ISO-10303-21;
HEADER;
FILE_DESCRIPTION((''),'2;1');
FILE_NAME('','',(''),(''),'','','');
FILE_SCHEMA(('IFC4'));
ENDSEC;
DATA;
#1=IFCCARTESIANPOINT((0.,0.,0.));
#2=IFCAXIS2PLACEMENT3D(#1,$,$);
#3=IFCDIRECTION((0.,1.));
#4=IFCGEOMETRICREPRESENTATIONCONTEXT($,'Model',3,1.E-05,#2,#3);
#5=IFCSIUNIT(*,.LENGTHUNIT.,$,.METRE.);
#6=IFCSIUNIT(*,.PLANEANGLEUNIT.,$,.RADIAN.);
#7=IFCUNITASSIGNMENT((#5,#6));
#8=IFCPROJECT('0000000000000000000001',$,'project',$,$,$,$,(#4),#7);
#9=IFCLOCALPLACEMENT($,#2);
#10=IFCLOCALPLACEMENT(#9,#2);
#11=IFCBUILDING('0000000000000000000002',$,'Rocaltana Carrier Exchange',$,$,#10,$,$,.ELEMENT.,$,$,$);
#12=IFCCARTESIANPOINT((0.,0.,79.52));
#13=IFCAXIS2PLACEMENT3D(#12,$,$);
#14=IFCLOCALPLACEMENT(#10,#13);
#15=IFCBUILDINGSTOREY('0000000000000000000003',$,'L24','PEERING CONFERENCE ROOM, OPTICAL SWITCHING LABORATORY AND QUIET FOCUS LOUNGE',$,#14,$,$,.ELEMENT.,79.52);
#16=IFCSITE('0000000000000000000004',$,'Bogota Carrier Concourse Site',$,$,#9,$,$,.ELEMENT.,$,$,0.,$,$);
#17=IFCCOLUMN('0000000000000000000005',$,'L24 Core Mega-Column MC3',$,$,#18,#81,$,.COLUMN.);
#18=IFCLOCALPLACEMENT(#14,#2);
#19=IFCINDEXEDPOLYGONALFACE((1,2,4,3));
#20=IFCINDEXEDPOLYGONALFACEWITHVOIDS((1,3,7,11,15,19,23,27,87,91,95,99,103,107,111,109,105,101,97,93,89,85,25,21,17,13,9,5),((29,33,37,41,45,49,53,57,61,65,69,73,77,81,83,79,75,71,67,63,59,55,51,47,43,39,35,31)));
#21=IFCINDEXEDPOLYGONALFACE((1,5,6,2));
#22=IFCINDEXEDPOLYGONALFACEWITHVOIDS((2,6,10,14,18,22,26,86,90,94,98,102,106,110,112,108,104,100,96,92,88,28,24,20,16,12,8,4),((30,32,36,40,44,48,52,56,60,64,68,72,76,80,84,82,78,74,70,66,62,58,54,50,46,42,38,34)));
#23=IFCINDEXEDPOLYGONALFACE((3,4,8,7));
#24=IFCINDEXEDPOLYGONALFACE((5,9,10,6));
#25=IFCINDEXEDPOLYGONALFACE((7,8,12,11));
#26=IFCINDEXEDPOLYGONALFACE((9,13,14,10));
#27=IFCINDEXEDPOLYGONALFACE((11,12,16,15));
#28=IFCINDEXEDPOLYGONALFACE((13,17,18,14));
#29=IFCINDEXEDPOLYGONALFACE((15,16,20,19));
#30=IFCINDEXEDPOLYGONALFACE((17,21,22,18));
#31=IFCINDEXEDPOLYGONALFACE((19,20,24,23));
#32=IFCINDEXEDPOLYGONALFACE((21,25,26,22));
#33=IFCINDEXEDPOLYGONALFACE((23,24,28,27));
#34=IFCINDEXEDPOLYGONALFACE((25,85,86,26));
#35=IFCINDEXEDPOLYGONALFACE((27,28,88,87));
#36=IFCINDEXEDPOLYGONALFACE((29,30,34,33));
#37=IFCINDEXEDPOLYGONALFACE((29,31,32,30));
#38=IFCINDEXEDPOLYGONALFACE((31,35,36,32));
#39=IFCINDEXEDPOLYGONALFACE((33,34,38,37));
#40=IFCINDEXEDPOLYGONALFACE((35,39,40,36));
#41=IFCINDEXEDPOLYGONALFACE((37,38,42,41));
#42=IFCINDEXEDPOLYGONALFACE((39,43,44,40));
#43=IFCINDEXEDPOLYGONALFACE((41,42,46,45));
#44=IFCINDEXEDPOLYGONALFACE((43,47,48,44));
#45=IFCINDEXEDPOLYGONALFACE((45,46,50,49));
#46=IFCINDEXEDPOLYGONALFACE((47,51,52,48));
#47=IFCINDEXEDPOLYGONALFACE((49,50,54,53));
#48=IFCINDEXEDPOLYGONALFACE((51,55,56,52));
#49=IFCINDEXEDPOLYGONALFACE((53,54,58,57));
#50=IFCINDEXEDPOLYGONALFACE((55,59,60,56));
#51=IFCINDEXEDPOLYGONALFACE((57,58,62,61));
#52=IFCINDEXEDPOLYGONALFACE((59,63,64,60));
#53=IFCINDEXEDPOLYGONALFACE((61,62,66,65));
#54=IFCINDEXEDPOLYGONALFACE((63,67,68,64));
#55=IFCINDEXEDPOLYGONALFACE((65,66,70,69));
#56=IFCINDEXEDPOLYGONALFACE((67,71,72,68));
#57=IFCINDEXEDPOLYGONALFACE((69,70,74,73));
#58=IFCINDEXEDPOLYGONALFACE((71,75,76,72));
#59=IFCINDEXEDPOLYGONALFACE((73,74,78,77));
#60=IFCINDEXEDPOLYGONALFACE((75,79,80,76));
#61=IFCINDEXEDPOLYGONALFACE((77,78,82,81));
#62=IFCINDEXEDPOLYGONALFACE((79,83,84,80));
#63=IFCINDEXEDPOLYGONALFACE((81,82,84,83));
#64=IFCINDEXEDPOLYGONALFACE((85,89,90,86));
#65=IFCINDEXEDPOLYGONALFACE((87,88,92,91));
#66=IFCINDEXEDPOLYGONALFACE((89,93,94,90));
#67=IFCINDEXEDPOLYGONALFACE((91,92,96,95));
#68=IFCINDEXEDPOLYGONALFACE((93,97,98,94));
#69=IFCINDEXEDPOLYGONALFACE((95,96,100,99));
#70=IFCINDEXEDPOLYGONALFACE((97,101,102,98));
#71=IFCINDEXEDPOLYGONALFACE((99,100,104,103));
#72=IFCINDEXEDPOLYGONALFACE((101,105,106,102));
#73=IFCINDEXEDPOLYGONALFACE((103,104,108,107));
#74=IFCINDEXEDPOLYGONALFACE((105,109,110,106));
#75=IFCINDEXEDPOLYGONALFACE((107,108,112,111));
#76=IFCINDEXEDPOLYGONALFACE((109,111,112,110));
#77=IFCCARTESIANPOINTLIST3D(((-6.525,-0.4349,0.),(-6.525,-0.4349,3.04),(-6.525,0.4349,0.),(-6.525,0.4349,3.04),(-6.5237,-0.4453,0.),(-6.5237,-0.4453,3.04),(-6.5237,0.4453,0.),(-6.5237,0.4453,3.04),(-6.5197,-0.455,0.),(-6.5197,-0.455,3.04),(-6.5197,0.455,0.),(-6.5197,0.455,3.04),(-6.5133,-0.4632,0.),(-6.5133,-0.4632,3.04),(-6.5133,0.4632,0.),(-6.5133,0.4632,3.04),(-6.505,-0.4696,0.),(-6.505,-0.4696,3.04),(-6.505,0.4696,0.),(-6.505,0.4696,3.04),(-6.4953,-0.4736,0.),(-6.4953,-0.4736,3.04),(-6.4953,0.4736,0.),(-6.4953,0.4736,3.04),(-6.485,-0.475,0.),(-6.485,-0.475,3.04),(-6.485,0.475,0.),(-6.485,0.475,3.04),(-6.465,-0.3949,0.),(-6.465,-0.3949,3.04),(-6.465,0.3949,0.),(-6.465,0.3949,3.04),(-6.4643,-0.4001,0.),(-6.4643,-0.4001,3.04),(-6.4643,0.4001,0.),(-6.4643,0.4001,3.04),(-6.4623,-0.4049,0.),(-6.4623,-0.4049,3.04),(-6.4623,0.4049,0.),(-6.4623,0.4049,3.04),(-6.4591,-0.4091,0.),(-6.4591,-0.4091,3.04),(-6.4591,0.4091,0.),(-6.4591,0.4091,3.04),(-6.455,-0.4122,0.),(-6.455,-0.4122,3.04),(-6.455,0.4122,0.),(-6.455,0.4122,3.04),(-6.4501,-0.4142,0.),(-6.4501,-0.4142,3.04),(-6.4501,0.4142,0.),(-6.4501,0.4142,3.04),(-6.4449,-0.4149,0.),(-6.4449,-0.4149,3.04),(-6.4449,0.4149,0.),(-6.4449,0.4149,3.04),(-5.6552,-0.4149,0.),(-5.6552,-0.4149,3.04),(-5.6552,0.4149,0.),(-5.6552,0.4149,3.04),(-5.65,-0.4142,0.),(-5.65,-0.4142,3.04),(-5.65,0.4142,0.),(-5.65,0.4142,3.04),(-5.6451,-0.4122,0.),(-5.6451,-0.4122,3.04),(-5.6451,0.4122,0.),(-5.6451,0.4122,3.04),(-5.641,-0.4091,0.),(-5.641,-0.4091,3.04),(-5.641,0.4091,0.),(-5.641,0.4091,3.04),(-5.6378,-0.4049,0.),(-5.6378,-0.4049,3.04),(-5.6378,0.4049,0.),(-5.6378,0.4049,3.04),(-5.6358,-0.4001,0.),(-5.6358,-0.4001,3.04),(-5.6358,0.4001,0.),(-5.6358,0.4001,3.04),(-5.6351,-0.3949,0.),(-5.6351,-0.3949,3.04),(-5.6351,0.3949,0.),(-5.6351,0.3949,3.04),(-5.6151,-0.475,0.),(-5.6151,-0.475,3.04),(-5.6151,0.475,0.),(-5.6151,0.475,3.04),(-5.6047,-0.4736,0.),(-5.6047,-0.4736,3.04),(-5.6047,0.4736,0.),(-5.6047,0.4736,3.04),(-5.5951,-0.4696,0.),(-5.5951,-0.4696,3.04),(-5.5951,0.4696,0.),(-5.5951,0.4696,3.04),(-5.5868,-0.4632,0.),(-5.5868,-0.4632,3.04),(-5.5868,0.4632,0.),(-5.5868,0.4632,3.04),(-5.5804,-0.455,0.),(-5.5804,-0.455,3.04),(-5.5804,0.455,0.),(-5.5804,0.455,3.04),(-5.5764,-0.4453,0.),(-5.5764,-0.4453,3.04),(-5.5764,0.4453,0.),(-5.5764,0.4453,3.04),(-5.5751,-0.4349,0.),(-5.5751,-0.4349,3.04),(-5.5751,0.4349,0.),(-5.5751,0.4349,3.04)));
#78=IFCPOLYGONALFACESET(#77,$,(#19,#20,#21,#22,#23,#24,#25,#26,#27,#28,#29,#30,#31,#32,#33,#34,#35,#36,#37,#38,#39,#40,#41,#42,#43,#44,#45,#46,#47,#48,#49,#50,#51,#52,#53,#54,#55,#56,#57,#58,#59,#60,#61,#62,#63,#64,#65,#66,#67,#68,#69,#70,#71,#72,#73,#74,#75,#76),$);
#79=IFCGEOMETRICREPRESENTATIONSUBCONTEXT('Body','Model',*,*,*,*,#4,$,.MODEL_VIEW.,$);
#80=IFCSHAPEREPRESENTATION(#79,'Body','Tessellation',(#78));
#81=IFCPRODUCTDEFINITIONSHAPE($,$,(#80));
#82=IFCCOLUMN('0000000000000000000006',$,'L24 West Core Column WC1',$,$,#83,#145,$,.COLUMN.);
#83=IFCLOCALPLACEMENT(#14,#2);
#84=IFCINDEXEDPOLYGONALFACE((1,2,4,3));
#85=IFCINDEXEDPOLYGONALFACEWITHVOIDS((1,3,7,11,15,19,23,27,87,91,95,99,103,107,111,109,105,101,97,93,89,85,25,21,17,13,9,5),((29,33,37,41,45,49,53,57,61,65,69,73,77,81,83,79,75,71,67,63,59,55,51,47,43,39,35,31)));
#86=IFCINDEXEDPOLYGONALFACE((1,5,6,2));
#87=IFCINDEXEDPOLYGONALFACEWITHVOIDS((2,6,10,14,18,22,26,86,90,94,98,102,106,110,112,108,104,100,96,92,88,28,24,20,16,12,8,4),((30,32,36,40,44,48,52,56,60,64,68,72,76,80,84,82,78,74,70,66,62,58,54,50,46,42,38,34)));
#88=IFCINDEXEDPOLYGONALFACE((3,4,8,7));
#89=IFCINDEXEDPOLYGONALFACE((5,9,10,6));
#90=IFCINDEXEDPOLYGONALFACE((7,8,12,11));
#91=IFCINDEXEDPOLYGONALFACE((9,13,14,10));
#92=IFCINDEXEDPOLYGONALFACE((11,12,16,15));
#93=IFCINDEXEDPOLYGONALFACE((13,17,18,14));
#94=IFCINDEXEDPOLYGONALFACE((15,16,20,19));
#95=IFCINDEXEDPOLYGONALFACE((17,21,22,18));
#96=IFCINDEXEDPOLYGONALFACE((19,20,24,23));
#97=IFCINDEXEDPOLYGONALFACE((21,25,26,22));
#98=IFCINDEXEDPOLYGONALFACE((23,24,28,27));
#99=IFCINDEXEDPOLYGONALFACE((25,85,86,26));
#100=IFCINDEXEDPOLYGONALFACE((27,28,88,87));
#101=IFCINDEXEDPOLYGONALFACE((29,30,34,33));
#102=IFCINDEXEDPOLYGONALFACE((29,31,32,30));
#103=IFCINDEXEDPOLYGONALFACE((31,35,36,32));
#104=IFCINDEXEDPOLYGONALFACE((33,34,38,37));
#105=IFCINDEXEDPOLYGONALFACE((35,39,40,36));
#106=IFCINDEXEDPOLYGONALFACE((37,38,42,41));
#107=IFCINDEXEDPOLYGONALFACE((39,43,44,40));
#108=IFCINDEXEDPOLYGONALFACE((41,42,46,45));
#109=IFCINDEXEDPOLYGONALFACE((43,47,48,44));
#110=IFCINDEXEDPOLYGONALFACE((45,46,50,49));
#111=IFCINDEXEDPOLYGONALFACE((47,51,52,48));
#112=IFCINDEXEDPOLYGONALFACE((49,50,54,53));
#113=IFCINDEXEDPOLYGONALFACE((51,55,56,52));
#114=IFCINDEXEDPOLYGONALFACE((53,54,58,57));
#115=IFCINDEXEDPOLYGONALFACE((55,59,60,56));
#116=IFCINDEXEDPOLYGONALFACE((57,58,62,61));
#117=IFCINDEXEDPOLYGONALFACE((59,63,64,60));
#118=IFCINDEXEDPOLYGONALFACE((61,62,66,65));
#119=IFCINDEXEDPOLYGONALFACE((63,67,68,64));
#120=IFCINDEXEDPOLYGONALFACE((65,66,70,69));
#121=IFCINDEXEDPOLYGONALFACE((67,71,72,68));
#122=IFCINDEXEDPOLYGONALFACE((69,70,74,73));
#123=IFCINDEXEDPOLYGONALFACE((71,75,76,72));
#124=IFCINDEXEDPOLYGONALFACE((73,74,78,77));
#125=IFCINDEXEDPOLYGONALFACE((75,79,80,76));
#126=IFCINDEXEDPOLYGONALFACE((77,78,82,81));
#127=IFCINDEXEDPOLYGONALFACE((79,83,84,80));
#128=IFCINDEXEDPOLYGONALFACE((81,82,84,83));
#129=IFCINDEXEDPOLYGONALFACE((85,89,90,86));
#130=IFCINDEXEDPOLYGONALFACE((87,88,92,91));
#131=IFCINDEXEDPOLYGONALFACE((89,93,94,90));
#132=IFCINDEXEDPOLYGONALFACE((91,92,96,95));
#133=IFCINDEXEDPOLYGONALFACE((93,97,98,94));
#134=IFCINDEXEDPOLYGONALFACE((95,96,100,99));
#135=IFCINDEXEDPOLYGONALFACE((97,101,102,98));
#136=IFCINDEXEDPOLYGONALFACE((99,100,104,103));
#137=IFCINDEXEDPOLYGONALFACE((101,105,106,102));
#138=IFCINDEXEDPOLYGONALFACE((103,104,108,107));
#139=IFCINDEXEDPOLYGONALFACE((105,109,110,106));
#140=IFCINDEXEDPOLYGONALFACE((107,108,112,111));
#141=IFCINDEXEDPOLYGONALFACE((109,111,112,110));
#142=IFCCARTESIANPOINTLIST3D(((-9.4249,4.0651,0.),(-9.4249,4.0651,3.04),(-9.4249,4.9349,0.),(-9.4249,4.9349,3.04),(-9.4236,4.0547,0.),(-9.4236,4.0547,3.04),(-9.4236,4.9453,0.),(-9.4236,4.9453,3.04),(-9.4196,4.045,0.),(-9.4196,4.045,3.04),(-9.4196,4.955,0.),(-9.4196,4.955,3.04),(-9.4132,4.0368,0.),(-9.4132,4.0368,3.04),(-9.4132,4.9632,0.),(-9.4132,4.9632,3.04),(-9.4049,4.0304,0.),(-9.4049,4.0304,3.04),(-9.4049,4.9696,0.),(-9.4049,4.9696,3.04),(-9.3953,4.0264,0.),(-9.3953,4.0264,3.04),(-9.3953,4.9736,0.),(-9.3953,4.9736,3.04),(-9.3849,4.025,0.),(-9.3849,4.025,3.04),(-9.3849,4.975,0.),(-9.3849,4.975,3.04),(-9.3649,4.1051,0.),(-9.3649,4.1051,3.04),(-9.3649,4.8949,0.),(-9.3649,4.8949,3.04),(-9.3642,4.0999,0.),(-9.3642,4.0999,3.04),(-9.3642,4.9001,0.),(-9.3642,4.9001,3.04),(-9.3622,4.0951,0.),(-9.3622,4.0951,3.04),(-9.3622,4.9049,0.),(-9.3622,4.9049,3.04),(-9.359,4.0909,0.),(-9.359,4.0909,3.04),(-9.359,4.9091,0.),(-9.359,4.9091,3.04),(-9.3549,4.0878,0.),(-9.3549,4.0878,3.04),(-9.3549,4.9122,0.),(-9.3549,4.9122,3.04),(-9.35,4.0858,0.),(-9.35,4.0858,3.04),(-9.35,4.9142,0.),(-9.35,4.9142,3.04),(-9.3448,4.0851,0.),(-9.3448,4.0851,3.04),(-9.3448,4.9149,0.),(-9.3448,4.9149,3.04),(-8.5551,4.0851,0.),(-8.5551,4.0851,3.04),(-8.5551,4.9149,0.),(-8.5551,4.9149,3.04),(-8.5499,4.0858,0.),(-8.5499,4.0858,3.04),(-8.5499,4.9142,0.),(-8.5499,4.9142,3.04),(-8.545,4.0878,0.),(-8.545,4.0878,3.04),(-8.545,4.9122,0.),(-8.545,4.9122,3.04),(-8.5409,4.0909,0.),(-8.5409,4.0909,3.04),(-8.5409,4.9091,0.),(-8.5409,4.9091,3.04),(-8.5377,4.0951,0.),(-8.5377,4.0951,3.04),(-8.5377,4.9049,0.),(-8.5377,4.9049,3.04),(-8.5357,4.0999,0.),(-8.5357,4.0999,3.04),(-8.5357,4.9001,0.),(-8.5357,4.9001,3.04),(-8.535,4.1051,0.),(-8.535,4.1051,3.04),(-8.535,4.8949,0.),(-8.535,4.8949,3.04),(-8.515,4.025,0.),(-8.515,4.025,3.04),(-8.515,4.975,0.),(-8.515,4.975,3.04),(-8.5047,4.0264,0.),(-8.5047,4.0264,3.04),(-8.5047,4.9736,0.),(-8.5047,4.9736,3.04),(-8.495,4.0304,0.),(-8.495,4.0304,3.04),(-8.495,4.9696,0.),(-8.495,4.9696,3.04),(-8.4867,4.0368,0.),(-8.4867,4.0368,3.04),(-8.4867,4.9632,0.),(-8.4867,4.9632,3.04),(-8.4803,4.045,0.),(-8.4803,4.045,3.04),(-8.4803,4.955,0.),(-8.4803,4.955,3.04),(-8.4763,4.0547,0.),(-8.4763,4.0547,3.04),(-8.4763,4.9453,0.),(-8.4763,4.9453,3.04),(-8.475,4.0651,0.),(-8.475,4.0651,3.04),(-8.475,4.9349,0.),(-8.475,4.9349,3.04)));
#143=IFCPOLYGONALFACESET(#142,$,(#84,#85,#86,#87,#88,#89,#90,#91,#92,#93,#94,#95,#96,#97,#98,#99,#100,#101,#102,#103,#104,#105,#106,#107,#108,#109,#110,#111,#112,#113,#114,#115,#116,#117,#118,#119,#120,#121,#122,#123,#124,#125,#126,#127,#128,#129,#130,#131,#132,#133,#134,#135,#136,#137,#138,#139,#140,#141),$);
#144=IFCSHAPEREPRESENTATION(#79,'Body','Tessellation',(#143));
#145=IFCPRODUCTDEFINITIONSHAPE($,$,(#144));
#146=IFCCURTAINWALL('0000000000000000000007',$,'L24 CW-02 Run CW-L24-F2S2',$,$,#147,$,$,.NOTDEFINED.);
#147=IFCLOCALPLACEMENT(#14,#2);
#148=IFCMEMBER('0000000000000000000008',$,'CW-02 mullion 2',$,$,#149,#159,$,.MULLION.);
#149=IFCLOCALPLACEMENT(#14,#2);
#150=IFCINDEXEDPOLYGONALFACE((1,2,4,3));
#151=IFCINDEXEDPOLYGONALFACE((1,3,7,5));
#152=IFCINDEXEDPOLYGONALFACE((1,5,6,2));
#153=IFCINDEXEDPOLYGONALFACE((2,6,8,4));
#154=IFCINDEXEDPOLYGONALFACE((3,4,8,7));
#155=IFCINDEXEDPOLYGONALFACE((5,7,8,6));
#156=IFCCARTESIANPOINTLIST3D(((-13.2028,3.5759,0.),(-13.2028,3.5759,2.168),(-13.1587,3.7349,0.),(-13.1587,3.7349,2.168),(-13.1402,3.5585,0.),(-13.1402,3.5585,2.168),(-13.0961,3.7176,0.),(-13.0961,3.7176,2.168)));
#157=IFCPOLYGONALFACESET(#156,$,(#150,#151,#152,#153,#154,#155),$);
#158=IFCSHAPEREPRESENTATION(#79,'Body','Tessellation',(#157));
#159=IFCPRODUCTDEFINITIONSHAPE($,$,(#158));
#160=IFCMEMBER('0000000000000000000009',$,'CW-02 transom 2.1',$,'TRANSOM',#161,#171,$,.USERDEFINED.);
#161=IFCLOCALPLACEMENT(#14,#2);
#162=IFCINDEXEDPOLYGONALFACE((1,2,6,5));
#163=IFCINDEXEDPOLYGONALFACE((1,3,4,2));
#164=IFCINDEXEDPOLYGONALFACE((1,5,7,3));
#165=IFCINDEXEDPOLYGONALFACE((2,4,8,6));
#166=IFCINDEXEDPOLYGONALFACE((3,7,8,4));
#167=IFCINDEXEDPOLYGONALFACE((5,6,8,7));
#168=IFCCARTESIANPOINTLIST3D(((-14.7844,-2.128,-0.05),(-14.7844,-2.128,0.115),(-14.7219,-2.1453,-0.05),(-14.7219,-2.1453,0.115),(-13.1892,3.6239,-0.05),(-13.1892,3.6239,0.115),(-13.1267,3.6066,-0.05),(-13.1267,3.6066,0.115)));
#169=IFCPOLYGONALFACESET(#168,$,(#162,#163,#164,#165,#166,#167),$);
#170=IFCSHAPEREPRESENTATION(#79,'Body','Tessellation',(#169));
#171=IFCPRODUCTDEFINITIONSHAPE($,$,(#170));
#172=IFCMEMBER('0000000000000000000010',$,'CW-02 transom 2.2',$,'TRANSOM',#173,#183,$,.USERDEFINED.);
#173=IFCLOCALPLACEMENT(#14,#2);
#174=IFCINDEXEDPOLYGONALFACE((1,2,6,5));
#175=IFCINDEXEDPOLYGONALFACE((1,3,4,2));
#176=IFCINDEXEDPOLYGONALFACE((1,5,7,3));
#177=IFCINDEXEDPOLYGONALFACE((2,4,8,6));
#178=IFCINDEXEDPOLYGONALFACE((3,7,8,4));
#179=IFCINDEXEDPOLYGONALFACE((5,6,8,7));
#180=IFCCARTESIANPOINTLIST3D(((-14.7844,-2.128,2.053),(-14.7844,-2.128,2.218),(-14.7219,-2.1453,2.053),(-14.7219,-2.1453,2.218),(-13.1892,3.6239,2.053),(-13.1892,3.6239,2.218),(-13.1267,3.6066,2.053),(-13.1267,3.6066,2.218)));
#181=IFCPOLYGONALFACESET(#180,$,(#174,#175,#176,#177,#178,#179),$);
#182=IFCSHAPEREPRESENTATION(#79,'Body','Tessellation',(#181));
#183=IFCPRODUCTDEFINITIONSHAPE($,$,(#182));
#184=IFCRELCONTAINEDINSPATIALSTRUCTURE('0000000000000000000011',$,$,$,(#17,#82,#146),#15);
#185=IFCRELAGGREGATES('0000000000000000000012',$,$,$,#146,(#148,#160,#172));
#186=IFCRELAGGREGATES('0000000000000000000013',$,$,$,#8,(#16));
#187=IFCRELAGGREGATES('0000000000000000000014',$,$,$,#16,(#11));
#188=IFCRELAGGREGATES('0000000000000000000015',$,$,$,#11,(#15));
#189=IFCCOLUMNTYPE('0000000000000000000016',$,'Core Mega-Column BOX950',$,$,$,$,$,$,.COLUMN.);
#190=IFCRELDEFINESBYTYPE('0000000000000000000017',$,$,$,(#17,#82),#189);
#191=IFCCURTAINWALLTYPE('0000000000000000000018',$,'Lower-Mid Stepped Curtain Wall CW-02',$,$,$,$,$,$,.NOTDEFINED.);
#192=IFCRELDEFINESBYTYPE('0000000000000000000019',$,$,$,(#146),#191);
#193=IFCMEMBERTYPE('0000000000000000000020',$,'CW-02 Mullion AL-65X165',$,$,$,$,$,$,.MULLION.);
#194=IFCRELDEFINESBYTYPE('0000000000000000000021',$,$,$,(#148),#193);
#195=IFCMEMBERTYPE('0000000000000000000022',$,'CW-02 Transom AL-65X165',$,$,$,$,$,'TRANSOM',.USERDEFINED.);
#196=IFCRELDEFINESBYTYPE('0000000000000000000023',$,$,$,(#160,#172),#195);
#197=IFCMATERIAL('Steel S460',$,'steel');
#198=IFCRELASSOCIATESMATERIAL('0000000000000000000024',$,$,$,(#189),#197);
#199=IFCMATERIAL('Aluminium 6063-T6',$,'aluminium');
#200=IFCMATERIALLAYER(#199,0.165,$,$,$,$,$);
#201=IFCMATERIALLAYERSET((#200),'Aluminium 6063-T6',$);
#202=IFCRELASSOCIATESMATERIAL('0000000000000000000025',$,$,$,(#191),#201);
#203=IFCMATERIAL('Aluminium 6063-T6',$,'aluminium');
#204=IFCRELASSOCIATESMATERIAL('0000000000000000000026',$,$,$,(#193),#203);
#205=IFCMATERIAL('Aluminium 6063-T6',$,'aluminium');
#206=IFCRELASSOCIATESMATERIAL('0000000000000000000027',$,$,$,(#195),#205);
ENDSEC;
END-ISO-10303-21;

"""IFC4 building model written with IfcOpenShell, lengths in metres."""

from ifc_helpers import new_model, si_unit, direction, frame, origin, origin_2d, place, context, subcontext, project, spatial, rectangle, hollow_rectangle, extrude, material, layer, layer_set, material_profile, profile_set, type_object, element, aggregate, save


model = new_model("IFC4")

# Units and contexts
model_context = context("Model", 3, precision=1e-05, world=origin(), true_north=direction((0.0, 1.0)))
body_context = subcontext(model_context, "Body", "Model", "MODEL_VIEW")
ifc_project = project(units=[si_unit("LENGTHUNIT", "METRE"), si_unit("PLANEANGLEUNIT", "RADIAN")], contexts=[model_context])

# Site, building, storey
site_placement = place(None, origin())
site = spatial("IfcSite", under=ifc_project, at=site_placement, Name="Bogota Carrier Concourse Site", CompositionType="ELEMENT", RefElevation=0.0)
building_placement = place(site_placement, origin())
building = spatial("IfcBuilding", under=site, at=building_placement, Name="Rocaltana Carrier Exchange", CompositionType="ELEMENT")
storey_placement = place(building_placement, frame((0.0, 0.0, 79.52)))
storey = spatial("IfcBuildingStorey", under=building, at=storey_placement, Name="L24", Description="PEERING CONFERENCE ROOM, OPTICAL SWITCHING LABORATORY AND QUIET FOCUS LOUNGE", CompositionType="ELEMENT", Elevation=79.52)

# Columns
ifc_material_1 = material(Name="Steel S460", Category="steel")
ifc_material_profile_1 = material_profile(ifc_material_1, hollow_rectangle(XDim=0.95, YDim=0.95, WallThickness=0.0601, InnerFilletRadius=0.02, OuterFilletRadius=0.04, at=origin_2d()), Name="BOX950X950X60")
ifc_profile_set_1 = profile_set([ifc_material_profile_1], Name="Steel S460")
column_type = type_object("IfcColumnType", Name="Core Mega-Column BOX950", PredefinedType="COLUMN", material=ifc_profile_set_1)
for number, where, z_axis, x_axis, name in (
    (1, (-6.05, 0.0, 0.0), (0.0, 0.0, 1.0), (1.0, 0.0, 0.0), "L24 Core Mega-Column MC3"),
    (2, (-8.95, 4.5, 0.0), (0.0, 0.0, 1.0), (1.0, 0.0, 0.0), "L24 West Core Column WC1"),
):
    element("IfcColumn", number, at=place(storey_placement, frame(where, z_axis=z_axis, x_axis=x_axis)), inside=storey, type_object=column_type, Name=name, PredefinedType="COLUMN", context=body_context, shape_type="SweptSolid", body=[
        extrude(hollow_rectangle(XDim=0.95, YDim=0.95, WallThickness=0.0601, InnerFilletRadius=0.02, OuterFilletRadius=0.04, at=origin_2d()), origin(), (0.0, 0.0, 1.0), 3.04),
    ])

# Curtain wall, members
ifc_material_2 = material(Name="Aluminium 6063-T6", Category="aluminium")
ifc_layer_1 = layer(ifc_material_2, 0.165)
ifc_layer_set_1 = layer_set([ifc_layer_1], Name="Aluminium 6063-T6")
curtain_wall_type = type_object("IfcCurtainWallType", Name="Lower-Mid Stepped Curtain Wall CW-02", PredefinedType="NOTDEFINED", material=ifc_layer_set_1)
curtain_wall_placement = place(storey_placement, origin())
curtain_wall = element("IfcCurtainWall", 3, at=curtain_wall_placement, inside=storey, type_object=curtain_wall_type, Name="L24 CW-02 Run CW-L24-F2S2", PredefinedType="NOTDEFINED")
ifc_material_3 = material(Name="Aluminium 6063-T6", Category="aluminium")
ifc_material_profile_2 = material_profile(ifc_material_3, rectangle(XDim=0.0649, YDim=0.165, at=origin_2d()), Name="AL-65X165")
ifc_profile_set_2 = profile_set([ifc_material_profile_2], Name="Aluminium 6063-T6")
member_type_1 = type_object("IfcMemberType", Name="CW-02 Mullion AL-65X165", PredefinedType="MULLION", material=ifc_profile_set_2)
member_1_placement = place(storey_placement, frame((-13.1494, 3.6467, 0.0), z_axis=(0.0, 0.0, 1.0), x_axis=(0.963631, -0.267238, 0.0)))
member_1 = element("IfcMember", 4, at=member_1_placement, type_object=member_type_1, Name="CW-02 mullion 2", PredefinedType="MULLION", context=body_context, shape_type="SweptSolid", body=[
    extrude(rectangle(XDim=0.0649, YDim=0.165, at=origin_2d()), origin(), (0.0, 0.0, 1.0), 2.168),
])
ifc_material_4 = material(Name="Aluminium 6063-T6", Category="aluminium")
ifc_material_profile_3 = material_profile(ifc_material_4, rectangle(XDim=0.0649, YDim=0.165, at=origin_2d()), Name="AL-65X165")
ifc_profile_set_3 = profile_set([ifc_material_profile_3], Name="Aluminium 6063-T6")
member_type_2 = type_object("IfcMemberType", Name="CW-02 Transom AL-65X165", ElementType="TRANSOM", PredefinedType="USERDEFINED", material=ifc_profile_set_3)
member_2_placement = place(storey_placement, frame((-13.158, 3.6152, 0.0325), z_axis=(-0.267247, -0.963628, 0.0), x_axis=(0.963628, -0.267247, 0.0)))
member_2 = element("IfcMember", 5, at=member_2_placement, type_object=member_type_2, Name="CW-02 transom 2.1", ObjectType="TRANSOM", PredefinedType="USERDEFINED", context=body_context, shape_type="SweptSolid", body=[
    extrude(rectangle(XDim=0.0649, YDim=0.165, at=origin_2d()), origin(), (0.0, 0.0, 1.0), 5.969),
])
member_3_placement = place(storey_placement, frame((-13.158, 3.6152, 2.1355), z_axis=(-0.267247, -0.963628, 0.0), x_axis=(0.963628, -0.267247, 0.0)))
member_3 = element("IfcMember", 6, at=member_3_placement, type_object=member_type_2, Name="CW-02 transom 2.2", ObjectType="TRANSOM", PredefinedType="USERDEFINED", context=body_context, shape_type="SweptSolid", body=[
    extrude(rectangle(XDim=0.0649, YDim=0.165, at=origin_2d()), origin(), (0.0, 0.0, 1.0), 5.969),
])

aggregate(curtain_wall, [member_1, member_2, member_3])

save(model, "model.ifc")
